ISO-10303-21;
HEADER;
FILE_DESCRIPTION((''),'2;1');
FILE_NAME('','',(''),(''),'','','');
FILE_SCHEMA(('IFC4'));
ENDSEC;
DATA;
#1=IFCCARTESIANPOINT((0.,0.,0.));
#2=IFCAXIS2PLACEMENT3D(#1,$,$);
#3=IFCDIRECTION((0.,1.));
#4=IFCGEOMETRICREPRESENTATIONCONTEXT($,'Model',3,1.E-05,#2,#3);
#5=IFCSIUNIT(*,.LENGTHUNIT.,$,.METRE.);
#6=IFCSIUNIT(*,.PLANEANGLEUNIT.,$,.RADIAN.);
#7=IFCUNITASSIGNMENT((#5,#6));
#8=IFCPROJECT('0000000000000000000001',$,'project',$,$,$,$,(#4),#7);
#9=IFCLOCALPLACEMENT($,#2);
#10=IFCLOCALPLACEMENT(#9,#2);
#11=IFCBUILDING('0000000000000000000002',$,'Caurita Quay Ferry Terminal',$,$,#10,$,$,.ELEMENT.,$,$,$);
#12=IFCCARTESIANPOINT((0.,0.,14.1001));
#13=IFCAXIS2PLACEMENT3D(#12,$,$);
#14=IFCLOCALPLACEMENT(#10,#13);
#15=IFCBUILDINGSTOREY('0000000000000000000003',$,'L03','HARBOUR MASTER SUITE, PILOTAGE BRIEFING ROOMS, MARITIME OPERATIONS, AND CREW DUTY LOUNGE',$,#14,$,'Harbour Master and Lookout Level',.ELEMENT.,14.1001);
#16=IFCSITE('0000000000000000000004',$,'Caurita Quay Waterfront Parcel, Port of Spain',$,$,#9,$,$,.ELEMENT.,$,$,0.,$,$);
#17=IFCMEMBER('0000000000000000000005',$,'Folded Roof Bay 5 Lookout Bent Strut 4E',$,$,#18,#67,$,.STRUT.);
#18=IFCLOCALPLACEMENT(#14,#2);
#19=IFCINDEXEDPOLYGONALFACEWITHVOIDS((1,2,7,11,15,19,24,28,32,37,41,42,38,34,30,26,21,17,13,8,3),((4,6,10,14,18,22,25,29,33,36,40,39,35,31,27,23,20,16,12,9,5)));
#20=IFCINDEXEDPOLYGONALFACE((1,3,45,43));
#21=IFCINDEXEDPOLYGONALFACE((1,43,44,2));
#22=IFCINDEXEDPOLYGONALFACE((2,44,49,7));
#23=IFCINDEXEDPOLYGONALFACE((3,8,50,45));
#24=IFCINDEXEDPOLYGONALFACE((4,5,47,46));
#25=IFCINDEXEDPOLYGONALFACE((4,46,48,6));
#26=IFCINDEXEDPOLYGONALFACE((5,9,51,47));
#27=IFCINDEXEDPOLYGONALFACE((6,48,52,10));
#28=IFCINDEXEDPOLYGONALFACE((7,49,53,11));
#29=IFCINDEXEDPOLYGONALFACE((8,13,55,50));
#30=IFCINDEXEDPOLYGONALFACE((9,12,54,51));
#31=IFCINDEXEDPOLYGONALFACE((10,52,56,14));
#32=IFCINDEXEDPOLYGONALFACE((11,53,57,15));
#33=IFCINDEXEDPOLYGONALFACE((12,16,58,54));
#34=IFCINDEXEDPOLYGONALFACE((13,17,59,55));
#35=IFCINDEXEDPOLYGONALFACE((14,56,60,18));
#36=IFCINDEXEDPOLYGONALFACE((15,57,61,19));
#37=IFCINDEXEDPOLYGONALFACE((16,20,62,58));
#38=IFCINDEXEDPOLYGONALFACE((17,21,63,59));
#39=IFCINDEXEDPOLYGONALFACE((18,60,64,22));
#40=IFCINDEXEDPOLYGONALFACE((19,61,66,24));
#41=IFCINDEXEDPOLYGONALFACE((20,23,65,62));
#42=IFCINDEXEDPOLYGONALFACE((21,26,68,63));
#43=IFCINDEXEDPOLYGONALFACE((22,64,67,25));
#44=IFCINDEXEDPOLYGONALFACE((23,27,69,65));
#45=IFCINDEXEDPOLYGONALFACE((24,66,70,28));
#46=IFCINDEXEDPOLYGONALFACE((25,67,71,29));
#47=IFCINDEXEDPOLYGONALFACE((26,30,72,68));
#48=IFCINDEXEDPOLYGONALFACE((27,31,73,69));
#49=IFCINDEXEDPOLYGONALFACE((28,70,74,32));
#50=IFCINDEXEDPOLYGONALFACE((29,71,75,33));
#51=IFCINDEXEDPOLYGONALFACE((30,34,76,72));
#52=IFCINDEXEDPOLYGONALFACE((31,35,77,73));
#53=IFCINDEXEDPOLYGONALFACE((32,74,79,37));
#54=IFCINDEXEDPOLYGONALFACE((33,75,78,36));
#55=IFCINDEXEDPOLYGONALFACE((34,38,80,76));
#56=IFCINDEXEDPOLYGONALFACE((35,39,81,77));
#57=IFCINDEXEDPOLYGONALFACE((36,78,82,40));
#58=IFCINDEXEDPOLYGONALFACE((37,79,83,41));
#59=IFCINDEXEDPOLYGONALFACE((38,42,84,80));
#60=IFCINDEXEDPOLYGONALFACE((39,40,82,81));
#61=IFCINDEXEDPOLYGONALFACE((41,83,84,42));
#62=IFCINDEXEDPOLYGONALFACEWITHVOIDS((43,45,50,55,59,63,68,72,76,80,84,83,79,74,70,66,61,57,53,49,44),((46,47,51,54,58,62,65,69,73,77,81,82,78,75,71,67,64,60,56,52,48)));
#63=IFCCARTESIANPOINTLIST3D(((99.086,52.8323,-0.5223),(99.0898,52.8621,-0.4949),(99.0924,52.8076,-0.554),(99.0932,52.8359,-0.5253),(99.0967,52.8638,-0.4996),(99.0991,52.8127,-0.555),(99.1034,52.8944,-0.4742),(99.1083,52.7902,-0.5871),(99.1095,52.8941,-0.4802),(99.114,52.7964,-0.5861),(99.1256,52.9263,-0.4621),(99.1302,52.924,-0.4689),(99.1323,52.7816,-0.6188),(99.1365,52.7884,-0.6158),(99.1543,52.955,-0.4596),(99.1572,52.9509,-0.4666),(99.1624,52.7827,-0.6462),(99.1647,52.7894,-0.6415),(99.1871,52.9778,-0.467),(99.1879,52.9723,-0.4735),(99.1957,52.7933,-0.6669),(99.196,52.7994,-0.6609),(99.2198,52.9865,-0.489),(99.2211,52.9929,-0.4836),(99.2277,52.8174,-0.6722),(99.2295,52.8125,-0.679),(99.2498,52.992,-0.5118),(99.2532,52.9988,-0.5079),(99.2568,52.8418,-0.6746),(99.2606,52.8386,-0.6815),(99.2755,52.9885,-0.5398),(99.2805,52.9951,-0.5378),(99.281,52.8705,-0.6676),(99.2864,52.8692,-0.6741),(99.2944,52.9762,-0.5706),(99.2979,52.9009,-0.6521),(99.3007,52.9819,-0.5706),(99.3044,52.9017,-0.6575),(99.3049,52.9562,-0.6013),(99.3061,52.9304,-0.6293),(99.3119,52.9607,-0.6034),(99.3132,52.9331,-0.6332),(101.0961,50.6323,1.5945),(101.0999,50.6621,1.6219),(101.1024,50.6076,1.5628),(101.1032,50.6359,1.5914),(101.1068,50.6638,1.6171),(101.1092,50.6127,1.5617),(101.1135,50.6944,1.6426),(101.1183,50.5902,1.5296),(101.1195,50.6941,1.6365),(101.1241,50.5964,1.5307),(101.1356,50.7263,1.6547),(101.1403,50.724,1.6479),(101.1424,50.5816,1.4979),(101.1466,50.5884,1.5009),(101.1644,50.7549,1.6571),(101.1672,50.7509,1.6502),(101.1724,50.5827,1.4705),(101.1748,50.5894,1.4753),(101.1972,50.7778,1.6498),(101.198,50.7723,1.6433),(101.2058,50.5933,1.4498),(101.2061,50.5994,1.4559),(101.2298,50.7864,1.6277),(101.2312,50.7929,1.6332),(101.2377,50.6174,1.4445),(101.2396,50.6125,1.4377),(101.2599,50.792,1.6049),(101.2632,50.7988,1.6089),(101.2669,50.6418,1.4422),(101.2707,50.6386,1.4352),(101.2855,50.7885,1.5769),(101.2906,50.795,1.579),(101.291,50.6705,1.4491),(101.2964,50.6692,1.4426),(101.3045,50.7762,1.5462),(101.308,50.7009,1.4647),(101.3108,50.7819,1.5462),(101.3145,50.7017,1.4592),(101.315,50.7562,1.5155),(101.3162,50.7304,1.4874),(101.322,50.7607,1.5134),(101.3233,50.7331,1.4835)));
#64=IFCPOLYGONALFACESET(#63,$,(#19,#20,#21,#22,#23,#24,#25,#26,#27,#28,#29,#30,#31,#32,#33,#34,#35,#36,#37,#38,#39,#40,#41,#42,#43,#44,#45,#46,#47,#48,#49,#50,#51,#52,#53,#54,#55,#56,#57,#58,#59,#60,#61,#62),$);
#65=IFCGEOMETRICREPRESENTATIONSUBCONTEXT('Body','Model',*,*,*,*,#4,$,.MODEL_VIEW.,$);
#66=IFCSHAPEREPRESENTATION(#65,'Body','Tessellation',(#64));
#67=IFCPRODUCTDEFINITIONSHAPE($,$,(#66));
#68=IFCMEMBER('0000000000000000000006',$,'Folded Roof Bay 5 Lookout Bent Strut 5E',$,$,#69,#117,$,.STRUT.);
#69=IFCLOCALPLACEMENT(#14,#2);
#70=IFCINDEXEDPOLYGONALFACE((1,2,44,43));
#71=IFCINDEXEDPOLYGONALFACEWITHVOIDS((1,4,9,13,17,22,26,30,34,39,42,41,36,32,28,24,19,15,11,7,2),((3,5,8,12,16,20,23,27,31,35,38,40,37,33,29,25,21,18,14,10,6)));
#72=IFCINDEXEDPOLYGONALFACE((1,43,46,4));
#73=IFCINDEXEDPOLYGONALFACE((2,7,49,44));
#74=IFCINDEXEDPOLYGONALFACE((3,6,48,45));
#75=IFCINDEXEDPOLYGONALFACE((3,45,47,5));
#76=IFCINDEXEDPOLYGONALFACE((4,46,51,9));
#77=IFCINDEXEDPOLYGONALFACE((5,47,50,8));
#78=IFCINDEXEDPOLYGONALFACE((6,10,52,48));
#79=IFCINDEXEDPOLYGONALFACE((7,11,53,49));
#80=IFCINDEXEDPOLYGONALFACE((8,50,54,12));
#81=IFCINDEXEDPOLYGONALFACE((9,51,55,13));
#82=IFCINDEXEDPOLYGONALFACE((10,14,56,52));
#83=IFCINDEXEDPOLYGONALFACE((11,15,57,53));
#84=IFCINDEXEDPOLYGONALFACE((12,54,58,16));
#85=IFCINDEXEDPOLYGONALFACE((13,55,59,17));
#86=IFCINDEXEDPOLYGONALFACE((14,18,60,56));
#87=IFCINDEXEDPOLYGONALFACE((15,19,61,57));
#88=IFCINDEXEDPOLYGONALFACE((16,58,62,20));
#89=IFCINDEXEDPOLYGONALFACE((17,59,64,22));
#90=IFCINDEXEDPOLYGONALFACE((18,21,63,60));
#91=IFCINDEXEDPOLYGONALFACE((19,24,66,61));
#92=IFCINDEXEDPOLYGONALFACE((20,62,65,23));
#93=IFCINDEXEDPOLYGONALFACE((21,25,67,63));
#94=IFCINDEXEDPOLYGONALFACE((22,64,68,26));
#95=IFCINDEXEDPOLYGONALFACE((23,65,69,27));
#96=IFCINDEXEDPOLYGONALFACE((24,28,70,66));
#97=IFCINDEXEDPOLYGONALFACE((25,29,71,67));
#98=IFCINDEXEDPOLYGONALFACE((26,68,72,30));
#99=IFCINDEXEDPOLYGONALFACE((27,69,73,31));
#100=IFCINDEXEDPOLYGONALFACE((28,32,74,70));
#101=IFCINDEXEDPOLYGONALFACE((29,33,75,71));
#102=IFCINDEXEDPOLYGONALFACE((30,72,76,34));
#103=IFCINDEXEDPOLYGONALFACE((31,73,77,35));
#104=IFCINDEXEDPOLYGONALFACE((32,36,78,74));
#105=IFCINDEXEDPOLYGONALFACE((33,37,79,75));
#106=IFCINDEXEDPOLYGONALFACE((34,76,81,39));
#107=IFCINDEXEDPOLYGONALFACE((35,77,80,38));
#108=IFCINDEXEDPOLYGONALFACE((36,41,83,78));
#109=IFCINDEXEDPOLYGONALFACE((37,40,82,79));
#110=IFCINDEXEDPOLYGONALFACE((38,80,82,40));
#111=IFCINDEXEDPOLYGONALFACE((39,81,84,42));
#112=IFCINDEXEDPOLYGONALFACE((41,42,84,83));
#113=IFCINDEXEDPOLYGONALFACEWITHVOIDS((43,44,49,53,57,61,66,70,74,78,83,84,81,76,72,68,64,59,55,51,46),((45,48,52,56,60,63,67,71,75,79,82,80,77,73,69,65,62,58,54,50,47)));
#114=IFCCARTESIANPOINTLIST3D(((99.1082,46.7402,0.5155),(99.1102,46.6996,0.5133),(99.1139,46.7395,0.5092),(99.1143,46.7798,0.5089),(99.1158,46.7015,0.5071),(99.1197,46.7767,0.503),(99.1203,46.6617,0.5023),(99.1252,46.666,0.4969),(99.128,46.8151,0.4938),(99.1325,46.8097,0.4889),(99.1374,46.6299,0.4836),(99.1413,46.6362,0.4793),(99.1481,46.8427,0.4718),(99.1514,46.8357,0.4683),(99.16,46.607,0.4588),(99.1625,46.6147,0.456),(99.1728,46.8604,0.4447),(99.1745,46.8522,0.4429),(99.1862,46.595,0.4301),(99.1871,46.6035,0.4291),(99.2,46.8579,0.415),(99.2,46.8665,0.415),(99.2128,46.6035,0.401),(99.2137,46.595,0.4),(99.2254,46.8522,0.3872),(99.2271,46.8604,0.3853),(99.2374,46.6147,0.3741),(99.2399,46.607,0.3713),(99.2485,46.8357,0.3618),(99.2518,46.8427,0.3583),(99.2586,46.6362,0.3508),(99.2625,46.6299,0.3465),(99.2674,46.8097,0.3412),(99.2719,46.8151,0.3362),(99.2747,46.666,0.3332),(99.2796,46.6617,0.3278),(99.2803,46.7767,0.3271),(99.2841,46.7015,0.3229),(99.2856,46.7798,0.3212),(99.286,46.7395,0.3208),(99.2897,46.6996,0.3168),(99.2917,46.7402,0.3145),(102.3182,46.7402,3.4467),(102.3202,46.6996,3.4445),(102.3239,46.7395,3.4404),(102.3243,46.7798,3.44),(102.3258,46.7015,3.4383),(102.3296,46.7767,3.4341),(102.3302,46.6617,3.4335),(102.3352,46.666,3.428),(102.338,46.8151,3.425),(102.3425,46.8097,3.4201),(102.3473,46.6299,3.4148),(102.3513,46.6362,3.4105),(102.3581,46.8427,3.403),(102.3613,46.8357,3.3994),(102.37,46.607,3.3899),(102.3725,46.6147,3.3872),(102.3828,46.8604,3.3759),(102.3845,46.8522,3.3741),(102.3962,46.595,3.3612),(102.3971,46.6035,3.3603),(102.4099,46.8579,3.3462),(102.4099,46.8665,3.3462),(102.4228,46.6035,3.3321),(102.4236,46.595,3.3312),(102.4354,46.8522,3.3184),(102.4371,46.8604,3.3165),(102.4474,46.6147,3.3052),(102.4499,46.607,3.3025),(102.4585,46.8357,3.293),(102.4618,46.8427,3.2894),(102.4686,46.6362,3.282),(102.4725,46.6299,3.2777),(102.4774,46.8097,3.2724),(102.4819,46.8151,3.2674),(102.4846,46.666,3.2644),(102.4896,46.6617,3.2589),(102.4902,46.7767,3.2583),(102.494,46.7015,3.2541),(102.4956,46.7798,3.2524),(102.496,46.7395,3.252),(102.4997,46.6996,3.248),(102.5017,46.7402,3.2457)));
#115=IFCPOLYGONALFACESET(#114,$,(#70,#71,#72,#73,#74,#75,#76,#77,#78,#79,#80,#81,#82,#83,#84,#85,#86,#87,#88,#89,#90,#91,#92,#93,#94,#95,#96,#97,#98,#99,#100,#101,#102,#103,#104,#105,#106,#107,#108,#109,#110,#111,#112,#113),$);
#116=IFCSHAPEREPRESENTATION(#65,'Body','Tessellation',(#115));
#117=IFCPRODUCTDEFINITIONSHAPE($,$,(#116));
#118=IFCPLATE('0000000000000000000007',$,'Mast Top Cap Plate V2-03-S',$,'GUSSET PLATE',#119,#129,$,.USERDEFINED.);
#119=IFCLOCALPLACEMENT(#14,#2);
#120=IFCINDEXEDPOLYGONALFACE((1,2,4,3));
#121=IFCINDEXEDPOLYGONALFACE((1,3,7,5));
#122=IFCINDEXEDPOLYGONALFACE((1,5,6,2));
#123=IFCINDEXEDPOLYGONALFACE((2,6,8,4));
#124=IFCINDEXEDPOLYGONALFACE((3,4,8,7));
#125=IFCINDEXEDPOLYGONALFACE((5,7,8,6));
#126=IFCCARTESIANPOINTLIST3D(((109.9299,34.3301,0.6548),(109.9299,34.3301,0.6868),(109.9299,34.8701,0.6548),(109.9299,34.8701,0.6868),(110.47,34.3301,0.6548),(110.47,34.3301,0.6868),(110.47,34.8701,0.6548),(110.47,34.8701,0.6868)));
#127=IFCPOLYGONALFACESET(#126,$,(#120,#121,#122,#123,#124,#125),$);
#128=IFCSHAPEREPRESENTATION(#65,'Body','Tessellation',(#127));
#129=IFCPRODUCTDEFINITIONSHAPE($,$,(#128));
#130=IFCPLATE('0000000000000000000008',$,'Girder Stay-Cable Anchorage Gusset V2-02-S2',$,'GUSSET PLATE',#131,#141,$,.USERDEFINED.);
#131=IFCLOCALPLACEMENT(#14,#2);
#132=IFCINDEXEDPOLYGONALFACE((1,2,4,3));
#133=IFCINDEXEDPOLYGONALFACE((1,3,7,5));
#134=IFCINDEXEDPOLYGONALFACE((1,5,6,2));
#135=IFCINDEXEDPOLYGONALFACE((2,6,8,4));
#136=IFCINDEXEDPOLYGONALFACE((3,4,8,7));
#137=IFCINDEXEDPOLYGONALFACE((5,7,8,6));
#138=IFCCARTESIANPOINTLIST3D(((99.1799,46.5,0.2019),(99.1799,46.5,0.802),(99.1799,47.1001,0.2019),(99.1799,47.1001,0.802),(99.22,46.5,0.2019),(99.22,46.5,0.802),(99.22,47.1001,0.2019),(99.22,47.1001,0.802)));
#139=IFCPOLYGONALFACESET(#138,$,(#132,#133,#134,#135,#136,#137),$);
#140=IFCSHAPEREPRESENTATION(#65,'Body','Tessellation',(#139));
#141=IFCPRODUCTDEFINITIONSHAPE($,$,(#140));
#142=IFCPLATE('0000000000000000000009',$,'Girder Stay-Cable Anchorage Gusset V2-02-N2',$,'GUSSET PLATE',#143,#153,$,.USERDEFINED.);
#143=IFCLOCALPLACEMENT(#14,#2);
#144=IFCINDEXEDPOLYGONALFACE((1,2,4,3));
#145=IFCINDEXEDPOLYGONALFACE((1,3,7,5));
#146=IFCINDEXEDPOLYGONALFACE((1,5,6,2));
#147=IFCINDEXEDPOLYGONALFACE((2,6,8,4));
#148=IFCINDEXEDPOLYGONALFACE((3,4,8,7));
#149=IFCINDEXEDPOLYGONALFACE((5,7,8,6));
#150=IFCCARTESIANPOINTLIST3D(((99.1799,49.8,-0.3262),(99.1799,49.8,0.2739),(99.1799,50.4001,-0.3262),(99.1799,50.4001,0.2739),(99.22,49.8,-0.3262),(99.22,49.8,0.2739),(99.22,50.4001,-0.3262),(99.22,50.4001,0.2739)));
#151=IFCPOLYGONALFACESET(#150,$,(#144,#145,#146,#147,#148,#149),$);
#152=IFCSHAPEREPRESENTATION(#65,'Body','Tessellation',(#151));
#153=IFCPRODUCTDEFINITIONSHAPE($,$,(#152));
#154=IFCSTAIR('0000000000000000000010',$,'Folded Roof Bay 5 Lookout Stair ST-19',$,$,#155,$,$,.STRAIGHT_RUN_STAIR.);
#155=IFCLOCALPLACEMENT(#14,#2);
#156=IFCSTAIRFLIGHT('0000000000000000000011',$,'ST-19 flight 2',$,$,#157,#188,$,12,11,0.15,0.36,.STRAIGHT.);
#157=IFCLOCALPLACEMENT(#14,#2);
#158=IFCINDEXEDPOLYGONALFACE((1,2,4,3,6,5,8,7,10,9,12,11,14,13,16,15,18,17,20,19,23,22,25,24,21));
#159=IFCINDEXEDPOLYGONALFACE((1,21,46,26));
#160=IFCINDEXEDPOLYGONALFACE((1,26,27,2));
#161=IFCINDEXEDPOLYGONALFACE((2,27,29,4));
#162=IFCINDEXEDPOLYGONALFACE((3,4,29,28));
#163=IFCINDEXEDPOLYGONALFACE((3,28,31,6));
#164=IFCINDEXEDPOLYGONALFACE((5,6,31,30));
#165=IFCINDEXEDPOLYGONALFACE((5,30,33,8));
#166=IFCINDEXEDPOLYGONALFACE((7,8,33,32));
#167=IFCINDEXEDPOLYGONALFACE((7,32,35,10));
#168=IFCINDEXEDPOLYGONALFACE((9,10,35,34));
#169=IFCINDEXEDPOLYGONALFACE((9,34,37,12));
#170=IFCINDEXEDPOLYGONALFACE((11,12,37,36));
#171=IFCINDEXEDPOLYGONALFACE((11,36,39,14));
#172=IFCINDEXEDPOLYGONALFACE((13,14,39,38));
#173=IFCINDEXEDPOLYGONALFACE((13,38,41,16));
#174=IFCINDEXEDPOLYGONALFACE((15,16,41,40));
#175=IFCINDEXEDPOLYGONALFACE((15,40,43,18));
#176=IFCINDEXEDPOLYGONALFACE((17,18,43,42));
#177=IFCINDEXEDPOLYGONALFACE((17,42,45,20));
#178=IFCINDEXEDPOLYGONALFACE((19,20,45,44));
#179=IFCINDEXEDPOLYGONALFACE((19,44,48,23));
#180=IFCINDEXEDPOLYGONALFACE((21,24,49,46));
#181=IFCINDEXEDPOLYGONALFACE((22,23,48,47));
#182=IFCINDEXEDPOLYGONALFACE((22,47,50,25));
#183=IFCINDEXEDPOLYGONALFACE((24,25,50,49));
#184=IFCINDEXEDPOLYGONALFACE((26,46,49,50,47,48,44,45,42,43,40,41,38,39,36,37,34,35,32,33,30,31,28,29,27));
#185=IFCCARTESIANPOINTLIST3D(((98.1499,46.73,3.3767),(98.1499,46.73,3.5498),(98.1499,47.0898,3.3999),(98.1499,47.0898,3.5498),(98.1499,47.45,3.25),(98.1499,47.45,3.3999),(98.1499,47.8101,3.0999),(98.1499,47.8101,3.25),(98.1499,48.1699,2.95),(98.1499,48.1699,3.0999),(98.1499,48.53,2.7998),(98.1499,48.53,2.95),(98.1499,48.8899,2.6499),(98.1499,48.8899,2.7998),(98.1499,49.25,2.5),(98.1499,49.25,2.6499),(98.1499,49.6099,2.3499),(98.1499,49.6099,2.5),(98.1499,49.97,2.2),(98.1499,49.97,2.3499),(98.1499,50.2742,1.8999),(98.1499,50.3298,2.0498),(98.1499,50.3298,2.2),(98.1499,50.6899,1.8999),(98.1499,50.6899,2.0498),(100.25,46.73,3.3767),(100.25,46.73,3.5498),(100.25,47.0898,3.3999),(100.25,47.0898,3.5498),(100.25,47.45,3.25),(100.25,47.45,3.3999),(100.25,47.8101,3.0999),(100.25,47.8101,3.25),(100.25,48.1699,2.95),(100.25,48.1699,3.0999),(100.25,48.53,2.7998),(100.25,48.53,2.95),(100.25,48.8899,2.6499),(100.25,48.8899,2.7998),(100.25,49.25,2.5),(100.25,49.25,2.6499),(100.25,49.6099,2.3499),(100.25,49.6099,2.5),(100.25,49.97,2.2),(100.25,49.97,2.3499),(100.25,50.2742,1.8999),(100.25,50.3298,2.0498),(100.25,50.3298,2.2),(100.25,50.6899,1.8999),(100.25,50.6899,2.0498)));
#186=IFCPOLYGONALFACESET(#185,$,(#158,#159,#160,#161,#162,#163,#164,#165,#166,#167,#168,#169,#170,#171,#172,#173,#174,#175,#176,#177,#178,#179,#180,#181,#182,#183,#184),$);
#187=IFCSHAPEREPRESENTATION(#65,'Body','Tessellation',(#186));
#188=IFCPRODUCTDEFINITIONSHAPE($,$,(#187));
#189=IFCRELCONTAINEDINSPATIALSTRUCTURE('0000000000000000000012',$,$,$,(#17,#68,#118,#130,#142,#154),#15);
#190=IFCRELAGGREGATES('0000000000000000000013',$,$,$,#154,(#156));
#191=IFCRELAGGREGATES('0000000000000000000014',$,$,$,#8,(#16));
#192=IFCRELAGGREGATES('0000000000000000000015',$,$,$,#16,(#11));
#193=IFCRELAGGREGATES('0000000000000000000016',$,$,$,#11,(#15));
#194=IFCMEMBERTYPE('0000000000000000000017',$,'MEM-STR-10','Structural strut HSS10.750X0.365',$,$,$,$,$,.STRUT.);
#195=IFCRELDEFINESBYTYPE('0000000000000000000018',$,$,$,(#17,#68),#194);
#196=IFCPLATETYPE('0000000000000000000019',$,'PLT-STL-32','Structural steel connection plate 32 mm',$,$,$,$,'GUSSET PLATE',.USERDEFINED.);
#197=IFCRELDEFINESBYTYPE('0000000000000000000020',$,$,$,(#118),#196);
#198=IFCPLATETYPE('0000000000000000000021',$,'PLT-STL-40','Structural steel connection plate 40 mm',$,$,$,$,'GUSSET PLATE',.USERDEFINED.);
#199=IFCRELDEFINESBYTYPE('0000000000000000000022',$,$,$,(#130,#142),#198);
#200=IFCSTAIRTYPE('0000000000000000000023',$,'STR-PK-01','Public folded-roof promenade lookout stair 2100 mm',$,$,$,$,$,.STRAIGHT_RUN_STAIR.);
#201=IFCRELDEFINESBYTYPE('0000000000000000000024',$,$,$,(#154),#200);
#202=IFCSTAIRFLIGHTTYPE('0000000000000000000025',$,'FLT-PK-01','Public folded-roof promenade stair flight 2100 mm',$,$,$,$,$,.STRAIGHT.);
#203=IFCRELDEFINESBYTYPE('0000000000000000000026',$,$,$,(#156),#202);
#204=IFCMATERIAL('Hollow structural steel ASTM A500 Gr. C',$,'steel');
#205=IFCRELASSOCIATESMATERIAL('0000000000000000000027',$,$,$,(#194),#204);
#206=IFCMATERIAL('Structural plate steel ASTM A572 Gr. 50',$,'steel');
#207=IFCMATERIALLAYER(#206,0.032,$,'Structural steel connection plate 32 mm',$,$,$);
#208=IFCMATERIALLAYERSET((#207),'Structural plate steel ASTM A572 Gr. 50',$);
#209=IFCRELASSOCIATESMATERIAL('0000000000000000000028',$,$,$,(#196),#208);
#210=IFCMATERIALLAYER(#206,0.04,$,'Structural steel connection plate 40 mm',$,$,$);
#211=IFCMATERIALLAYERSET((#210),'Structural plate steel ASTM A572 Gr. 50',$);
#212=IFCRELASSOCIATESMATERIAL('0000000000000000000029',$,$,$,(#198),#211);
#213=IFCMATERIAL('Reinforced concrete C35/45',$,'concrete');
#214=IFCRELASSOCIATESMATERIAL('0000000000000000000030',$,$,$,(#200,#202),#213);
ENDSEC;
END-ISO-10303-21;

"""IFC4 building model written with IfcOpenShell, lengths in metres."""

from ifc_helpers import new_model, si_unit, direction, frame, origin, origin_2d, place, context, subcontext, project, spatial, polyline, rectangle, hollow_circle, outline, extrude, material, layer, layer_set, material_profile, profile_set, type_object, element, aggregate, save


model = new_model("IFC4")

# Units and contexts
model_context = context("Model", 3, precision=1e-05, world=origin(), true_north=direction((0.0, 1.0)))
body_context = subcontext(model_context, "Body", "Model", "MODEL_VIEW")
ifc_project = project(units=[si_unit("LENGTHUNIT", "METRE"), si_unit("PLANEANGLEUNIT", "RADIAN")], contexts=[model_context])

# Site, building, storey
site_placement = place(None, origin())
site = spatial("IfcSite", under=ifc_project, at=site_placement, Name="Caurita Quay Waterfront Parcel, Port of Spain", CompositionType="ELEMENT", RefElevation=0.0)
building_placement = place(site_placement, origin())
building = spatial("IfcBuilding", under=site, at=building_placement, Name="Caurita Quay Ferry Terminal", CompositionType="ELEMENT")
storey_placement = place(building_placement, frame((0.0, 0.0, 14.1001)))
storey = spatial("IfcBuildingStorey", under=building, at=storey_placement, Name="L03", Description="HARBOUR MASTER SUITE, PILOTAGE BRIEFING ROOMS, MARITIME OPERATIONS, AND CREW DUTY LOUNGE", LongName="Harbour Master and Lookout Level", CompositionType="ELEMENT", Elevation=14.1001)

# Shared definitions
ifc_material_1 = material(Name="Hollow structural steel ASTM A500 Gr. C", Category="steel")

# Members
ifc_material_profile_1 = material_profile(ifc_material_1, hollow_circle(Radius=0.1365, WallThickness=0.0085, at=origin_2d()), Name="HSS10.750X0.365")
ifc_profile_set_1 = profile_set([ifc_material_profile_1], Name="Hollow structural steel ASTM A500 Gr. C")
member_type_1 = type_object("IfcMemberType", Name="MEM-STR-10", Description="Structural strut HSS10.750X0.365", PredefinedType="STRUT", material=ifc_profile_set_1)
for number, where, z_axis, x_axis, name in (
    (1, (99.2, 52.8899, -0.5706), (0.549907, -0.601872, 0.579096), (0.738258, 0.674518, 0.0), "Folded Roof Bay 5 Lookout Bent Strut 4E"),
):
    element("IfcMember", number, at=place(storey_placement, frame(where, z_axis=z_axis, x_axis=x_axis)), inside=storey, type_object=member_type_1, Name=name, PredefinedType="STRUT", context=body_context, shape_type="SweptSolid", body=[
        extrude(hollow_circle(Radius=0.1365, WallThickness=0.0085, at=origin_2d()), origin(), (0.0, 0.0, 1.0), 3.6553),
    ])
member_1_placement = place(storey_placement, frame((99.2, 46.73, 0.415), z_axis=(0.738449, 0.0, 0.674309), x_axis=(0.0, 1.0, 0.0)))
element("IfcMember", 2, at=member_1_placement, inside=storey, type_object=member_type_1, Name="Folded Roof Bay 5 Lookout Bent Strut 5E", PredefinedType="STRUT", context=body_context, shape_type="SweptSolid", body=[
    extrude(hollow_circle(Radius=0.1365, WallThickness=0.0085, at=origin_2d()), origin(), (0.0, 0.0, 1.0), 4.3469),
])

# Plates
ifc_material_2 = material(Name="Structural plate steel ASTM A572 Gr. 50", Category="steel")
ifc_layer_1 = layer(ifc_material_2, 0.032, Name="Structural steel connection plate 32 mm")
ifc_layer_set_1 = layer_set([ifc_layer_1], Name="Structural plate steel ASTM A572 Gr. 50")
plate_type_1 = type_object("IfcPlateType", Name="PLT-STL-32", Description="Structural steel connection plate 32 mm", ElementType="GUSSET PLATE", PredefinedType="USERDEFINED", material=ifc_layer_set_1)
plate_placement = place(storey_placement, frame((110.2, 34.6001, 0.6548), z_axis=(0.0, 0.0, 1.0), x_axis=(1.0, 0.0, 0.0)))
element("IfcPlate", 3, at=plate_placement, inside=storey, type_object=plate_type_1, Name="Mast Top Cap Plate V2-03-S", ObjectType="GUSSET PLATE", PredefinedType="USERDEFINED", context=body_context, shape_type="SweptSolid", body=[
    extrude(rectangle(XDim=0.54, YDim=0.54, at=origin_2d()), origin(), (0.0, 0.0, 1.0), 0.032),
])
ifc_layer_2 = layer(ifc_material_2, 0.04, Name="Structural steel connection plate 40 mm")
ifc_layer_set_2 = layer_set([ifc_layer_2], Name="Structural plate steel ASTM A572 Gr. 50")
plate_type_2 = type_object("IfcPlateType", Name="PLT-STL-40", Description="Structural steel connection plate 40 mm", ElementType="GUSSET PLATE", PredefinedType="USERDEFINED", material=ifc_layer_set_2)
for number, where, z_axis, x_axis, name in (
    (4, (99.2, 46.8, 0.2019), (0.0, 0.0, 1.0), (1.0, 0.0, 0.0), "Girder Stay-Cable Anchorage Gusset V2-02-S2"),
    (5, (99.2, 50.1001, -0.3262), (0.0, 0.0, 1.0), (1.0, 0.0, 0.0), "Girder Stay-Cable Anchorage Gusset V2-02-N2"),
):
    element("IfcPlate", number, at=place(storey_placement, frame(where, z_axis=z_axis, x_axis=x_axis)), inside=storey, type_object=plate_type_2, Name=name, ObjectType="GUSSET PLATE", PredefinedType="USERDEFINED", context=body_context, shape_type="SweptSolid", body=[
        extrude(rectangle(XDim=0.04, YDim=0.6001, at=origin_2d()), origin(), (0.0, 0.0, 1.0), 0.6001),
    ])

# Stair, stair flight
ifc_material_3 = material(Name="Reinforced concrete C35/45", Category="concrete")
stair_type = type_object("IfcStairType", Name="STR-PK-01", Description="Public folded-roof promenade lookout stair 2100 mm", PredefinedType="STRAIGHT_RUN_STAIR", material=ifc_material_3)
stair_placement = place(storey_placement, origin())
stair = element("IfcStair", 6, at=stair_placement, inside=storey, type_object=stair_type, Name="Folded Roof Bay 5 Lookout Stair ST-19", PredefinedType="STRAIGHT_RUN_STAIR")
stair_flight_type = type_object("IfcStairFlightType", Name="FLT-PK-01", Description="Public folded-roof promenade stair flight 2100 mm", PredefinedType="STRAIGHT", material=ifc_material_3)
stair_flight_placement = place(storey_placement, frame((99.2, 50.6899, 1.8999), z_axis=(0.0, 0.0, 1.0), x_axis=(0.0, -1.0, 0.0)))
stair_flight = element("IfcStairFlight", 7, at=stair_flight_placement, type_object=stair_flight_type, Name="ST-19 flight 2", NumberOfRisers=12, NumberOfTreads=11, PredefinedType="STRAIGHT", RiserHeight=0.15, TreadLength=0.36, context=body_context, shape_type="SweptSolid", body=[
    extrude(outline(polyline([(0.0, 0.0), (0.0, 0.1499), (0.3601, 0.1499), (0.3601, 0.3), (0.72, 0.3), (0.72, 0.45), (1.0801, 0.45), (1.0801, 0.6001), (1.4399, 0.6001), (1.4399, 0.75), (1.8, 0.75), (1.8, 0.8999), (2.1599, 0.8999), (2.1599, 1.05), (2.52, 1.05), (2.52, 1.2), (2.8799, 1.2), (2.8799, 1.3501), (3.24, 1.3501), (3.24, 1.5), (3.6001, 1.5), (3.6001, 1.6499), (3.96, 1.6499), (3.96, 1.8), (3.96, 1.4768), (0.4158, 0.0), (0.0, 0.0)])), frame((0.0, 1.05, 0.0), z_axis=(0.0, -1.0, 0.0), x_axis=(1.0, 0.0, 0.0)), (0.0, 0.0, 1.0), 2.1001),
])
aggregate(stair, [stair_flight])

save(model, "model.ifc")
